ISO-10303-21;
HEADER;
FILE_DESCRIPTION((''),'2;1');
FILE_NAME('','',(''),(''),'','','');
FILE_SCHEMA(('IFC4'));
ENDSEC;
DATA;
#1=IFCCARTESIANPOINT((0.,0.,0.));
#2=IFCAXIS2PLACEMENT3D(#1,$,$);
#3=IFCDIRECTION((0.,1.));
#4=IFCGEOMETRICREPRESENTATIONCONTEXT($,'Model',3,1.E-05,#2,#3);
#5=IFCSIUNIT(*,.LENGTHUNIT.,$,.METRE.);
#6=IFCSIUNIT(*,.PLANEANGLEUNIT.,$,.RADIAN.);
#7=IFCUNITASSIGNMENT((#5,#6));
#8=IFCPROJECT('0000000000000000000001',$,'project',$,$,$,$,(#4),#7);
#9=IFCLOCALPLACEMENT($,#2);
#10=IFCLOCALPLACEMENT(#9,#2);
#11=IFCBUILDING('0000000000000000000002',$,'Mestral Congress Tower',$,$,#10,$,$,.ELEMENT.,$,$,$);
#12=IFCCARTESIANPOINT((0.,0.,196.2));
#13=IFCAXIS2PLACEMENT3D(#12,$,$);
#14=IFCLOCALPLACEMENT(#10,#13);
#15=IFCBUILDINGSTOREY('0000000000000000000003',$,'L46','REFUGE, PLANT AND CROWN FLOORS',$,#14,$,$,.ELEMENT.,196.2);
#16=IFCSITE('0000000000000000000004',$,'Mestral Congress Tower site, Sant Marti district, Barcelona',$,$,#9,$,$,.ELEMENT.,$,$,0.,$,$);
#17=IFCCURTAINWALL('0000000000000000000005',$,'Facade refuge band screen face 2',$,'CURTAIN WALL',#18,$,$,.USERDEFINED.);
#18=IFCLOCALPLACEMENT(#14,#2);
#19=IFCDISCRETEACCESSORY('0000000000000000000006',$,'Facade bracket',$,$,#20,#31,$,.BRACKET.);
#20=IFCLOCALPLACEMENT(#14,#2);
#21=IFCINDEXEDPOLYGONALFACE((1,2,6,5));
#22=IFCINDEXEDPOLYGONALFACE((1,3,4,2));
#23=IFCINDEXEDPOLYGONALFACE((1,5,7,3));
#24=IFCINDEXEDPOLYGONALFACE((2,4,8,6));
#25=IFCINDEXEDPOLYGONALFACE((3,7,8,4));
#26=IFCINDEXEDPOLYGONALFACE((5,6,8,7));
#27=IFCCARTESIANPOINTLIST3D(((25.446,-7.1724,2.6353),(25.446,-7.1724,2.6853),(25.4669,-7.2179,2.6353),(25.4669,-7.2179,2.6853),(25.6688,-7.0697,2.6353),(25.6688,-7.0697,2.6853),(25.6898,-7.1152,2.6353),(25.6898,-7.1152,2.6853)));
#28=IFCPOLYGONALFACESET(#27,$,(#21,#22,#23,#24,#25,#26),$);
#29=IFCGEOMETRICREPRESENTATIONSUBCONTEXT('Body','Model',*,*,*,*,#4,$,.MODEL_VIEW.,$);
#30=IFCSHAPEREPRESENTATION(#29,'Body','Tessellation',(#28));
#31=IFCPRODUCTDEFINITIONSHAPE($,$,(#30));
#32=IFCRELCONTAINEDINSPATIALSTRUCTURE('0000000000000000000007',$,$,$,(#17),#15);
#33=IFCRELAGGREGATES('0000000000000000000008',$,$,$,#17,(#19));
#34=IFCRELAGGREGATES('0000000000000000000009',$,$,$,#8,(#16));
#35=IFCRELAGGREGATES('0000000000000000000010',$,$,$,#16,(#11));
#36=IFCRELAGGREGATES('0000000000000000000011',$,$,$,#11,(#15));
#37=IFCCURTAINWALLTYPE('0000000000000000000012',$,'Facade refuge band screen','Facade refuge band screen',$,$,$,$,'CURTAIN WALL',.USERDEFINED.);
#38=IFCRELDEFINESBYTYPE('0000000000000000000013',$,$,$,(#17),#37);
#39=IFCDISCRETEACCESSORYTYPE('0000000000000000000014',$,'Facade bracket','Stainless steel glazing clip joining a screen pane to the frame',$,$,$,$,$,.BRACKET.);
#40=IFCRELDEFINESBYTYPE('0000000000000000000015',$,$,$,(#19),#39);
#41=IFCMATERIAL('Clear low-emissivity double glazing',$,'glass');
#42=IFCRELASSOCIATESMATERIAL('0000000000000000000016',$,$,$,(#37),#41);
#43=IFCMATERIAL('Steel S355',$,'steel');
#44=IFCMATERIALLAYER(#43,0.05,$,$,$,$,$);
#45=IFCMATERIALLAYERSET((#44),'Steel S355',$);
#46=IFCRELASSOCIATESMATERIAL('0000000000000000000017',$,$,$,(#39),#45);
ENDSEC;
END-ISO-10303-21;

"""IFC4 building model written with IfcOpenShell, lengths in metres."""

from ifc_helpers import new_model, si_unit, direction, frame, origin, origin_2d, place, context, subcontext, project, spatial, rectangle, extrude, material, layer, layer_set, type_object, element, aggregate, save


model = new_model("IFC4")

# Units and contexts
model_context = context("Model", 3, precision=1e-05, world=origin(), true_north=direction((0.0, 1.0)))
body_context = subcontext(model_context, "Body", "Model", "MODEL_VIEW")
ifc_project = project(units=[si_unit("LENGTHUNIT", "METRE"), si_unit("PLANEANGLEUNIT", "RADIAN")], contexts=[model_context])

# Site, building, storey
site_placement = place(None, origin())
site = spatial("IfcSite", under=ifc_project, at=site_placement, Name="Mestral Congress Tower site, Sant Marti district, Barcelona", CompositionType="ELEMENT", RefElevation=0.0)
building_placement = place(site_placement, origin())
building = spatial("IfcBuilding", under=site, at=building_placement, Name="Mestral Congress Tower", CompositionType="ELEMENT")
storey_placement = place(building_placement, frame((0.0, 0.0, 196.2)))
storey = spatial("IfcBuildingStorey", under=building, at=storey_placement, Name="L46", Description="REFUGE, PLANT AND CROWN FLOORS", CompositionType="ELEMENT", Elevation=196.2)

# Shared definitions
ifc_material_1 = material(Name="Steel S355", Category="steel")

# Curtain wall
ifc_material_2 = material(Name="Clear low-emissivity double glazing", Category="glass")
curtain_wall_type = type_object("IfcCurtainWallType", Name="Facade refuge band screen", Description="Facade refuge band screen", ElementType="CURTAIN WALL", PredefinedType="USERDEFINED", material=ifc_material_2)
curtain_wall_placement = place(storey_placement, origin())
curtain_wall = element("IfcCurtainWall", 1, at=curtain_wall_placement, inside=storey, type_object=curtain_wall_type, Name="Facade refuge band screen face 2", ObjectType="CURTAIN WALL", PredefinedType="USERDEFINED")

# Discrete accessory
ifc_layer_1 = layer(ifc_material_1, 0.05)
ifc_layer_set_1 = layer_set([ifc_layer_1], Name="Steel S355")
discrete_accessory_type = type_object("IfcDiscreteAccessoryType", Name="Facade bracket", Description="Stainless steel glazing clip joining a screen pane to the frame", PredefinedType="BRACKET", material=ifc_layer_set_1)
discrete_accessory_1_placement = place(storey_placement, frame((25.5679, -7.1438, 2.6353), z_axis=(0.0, 0.0, 1.0), x_axis=(-0.418704, 0.908123, 0.0)))
discrete_accessory_1 = element("IfcDiscreteAccessory", 2, at=discrete_accessory_1_placement, type_object=discrete_accessory_type, Name="Facade bracket", PredefinedType="BRACKET", context=body_context, shape_type="SweptSolid", body=[
    extrude(rectangle(XDim=0.05, YDim=0.2454, at=origin_2d()), origin(), (0.0, 0.0, 1.0), 0.05),
])
aggregate(curtain_wall, [discrete_accessory_1])

save(model, "model.ifc")
